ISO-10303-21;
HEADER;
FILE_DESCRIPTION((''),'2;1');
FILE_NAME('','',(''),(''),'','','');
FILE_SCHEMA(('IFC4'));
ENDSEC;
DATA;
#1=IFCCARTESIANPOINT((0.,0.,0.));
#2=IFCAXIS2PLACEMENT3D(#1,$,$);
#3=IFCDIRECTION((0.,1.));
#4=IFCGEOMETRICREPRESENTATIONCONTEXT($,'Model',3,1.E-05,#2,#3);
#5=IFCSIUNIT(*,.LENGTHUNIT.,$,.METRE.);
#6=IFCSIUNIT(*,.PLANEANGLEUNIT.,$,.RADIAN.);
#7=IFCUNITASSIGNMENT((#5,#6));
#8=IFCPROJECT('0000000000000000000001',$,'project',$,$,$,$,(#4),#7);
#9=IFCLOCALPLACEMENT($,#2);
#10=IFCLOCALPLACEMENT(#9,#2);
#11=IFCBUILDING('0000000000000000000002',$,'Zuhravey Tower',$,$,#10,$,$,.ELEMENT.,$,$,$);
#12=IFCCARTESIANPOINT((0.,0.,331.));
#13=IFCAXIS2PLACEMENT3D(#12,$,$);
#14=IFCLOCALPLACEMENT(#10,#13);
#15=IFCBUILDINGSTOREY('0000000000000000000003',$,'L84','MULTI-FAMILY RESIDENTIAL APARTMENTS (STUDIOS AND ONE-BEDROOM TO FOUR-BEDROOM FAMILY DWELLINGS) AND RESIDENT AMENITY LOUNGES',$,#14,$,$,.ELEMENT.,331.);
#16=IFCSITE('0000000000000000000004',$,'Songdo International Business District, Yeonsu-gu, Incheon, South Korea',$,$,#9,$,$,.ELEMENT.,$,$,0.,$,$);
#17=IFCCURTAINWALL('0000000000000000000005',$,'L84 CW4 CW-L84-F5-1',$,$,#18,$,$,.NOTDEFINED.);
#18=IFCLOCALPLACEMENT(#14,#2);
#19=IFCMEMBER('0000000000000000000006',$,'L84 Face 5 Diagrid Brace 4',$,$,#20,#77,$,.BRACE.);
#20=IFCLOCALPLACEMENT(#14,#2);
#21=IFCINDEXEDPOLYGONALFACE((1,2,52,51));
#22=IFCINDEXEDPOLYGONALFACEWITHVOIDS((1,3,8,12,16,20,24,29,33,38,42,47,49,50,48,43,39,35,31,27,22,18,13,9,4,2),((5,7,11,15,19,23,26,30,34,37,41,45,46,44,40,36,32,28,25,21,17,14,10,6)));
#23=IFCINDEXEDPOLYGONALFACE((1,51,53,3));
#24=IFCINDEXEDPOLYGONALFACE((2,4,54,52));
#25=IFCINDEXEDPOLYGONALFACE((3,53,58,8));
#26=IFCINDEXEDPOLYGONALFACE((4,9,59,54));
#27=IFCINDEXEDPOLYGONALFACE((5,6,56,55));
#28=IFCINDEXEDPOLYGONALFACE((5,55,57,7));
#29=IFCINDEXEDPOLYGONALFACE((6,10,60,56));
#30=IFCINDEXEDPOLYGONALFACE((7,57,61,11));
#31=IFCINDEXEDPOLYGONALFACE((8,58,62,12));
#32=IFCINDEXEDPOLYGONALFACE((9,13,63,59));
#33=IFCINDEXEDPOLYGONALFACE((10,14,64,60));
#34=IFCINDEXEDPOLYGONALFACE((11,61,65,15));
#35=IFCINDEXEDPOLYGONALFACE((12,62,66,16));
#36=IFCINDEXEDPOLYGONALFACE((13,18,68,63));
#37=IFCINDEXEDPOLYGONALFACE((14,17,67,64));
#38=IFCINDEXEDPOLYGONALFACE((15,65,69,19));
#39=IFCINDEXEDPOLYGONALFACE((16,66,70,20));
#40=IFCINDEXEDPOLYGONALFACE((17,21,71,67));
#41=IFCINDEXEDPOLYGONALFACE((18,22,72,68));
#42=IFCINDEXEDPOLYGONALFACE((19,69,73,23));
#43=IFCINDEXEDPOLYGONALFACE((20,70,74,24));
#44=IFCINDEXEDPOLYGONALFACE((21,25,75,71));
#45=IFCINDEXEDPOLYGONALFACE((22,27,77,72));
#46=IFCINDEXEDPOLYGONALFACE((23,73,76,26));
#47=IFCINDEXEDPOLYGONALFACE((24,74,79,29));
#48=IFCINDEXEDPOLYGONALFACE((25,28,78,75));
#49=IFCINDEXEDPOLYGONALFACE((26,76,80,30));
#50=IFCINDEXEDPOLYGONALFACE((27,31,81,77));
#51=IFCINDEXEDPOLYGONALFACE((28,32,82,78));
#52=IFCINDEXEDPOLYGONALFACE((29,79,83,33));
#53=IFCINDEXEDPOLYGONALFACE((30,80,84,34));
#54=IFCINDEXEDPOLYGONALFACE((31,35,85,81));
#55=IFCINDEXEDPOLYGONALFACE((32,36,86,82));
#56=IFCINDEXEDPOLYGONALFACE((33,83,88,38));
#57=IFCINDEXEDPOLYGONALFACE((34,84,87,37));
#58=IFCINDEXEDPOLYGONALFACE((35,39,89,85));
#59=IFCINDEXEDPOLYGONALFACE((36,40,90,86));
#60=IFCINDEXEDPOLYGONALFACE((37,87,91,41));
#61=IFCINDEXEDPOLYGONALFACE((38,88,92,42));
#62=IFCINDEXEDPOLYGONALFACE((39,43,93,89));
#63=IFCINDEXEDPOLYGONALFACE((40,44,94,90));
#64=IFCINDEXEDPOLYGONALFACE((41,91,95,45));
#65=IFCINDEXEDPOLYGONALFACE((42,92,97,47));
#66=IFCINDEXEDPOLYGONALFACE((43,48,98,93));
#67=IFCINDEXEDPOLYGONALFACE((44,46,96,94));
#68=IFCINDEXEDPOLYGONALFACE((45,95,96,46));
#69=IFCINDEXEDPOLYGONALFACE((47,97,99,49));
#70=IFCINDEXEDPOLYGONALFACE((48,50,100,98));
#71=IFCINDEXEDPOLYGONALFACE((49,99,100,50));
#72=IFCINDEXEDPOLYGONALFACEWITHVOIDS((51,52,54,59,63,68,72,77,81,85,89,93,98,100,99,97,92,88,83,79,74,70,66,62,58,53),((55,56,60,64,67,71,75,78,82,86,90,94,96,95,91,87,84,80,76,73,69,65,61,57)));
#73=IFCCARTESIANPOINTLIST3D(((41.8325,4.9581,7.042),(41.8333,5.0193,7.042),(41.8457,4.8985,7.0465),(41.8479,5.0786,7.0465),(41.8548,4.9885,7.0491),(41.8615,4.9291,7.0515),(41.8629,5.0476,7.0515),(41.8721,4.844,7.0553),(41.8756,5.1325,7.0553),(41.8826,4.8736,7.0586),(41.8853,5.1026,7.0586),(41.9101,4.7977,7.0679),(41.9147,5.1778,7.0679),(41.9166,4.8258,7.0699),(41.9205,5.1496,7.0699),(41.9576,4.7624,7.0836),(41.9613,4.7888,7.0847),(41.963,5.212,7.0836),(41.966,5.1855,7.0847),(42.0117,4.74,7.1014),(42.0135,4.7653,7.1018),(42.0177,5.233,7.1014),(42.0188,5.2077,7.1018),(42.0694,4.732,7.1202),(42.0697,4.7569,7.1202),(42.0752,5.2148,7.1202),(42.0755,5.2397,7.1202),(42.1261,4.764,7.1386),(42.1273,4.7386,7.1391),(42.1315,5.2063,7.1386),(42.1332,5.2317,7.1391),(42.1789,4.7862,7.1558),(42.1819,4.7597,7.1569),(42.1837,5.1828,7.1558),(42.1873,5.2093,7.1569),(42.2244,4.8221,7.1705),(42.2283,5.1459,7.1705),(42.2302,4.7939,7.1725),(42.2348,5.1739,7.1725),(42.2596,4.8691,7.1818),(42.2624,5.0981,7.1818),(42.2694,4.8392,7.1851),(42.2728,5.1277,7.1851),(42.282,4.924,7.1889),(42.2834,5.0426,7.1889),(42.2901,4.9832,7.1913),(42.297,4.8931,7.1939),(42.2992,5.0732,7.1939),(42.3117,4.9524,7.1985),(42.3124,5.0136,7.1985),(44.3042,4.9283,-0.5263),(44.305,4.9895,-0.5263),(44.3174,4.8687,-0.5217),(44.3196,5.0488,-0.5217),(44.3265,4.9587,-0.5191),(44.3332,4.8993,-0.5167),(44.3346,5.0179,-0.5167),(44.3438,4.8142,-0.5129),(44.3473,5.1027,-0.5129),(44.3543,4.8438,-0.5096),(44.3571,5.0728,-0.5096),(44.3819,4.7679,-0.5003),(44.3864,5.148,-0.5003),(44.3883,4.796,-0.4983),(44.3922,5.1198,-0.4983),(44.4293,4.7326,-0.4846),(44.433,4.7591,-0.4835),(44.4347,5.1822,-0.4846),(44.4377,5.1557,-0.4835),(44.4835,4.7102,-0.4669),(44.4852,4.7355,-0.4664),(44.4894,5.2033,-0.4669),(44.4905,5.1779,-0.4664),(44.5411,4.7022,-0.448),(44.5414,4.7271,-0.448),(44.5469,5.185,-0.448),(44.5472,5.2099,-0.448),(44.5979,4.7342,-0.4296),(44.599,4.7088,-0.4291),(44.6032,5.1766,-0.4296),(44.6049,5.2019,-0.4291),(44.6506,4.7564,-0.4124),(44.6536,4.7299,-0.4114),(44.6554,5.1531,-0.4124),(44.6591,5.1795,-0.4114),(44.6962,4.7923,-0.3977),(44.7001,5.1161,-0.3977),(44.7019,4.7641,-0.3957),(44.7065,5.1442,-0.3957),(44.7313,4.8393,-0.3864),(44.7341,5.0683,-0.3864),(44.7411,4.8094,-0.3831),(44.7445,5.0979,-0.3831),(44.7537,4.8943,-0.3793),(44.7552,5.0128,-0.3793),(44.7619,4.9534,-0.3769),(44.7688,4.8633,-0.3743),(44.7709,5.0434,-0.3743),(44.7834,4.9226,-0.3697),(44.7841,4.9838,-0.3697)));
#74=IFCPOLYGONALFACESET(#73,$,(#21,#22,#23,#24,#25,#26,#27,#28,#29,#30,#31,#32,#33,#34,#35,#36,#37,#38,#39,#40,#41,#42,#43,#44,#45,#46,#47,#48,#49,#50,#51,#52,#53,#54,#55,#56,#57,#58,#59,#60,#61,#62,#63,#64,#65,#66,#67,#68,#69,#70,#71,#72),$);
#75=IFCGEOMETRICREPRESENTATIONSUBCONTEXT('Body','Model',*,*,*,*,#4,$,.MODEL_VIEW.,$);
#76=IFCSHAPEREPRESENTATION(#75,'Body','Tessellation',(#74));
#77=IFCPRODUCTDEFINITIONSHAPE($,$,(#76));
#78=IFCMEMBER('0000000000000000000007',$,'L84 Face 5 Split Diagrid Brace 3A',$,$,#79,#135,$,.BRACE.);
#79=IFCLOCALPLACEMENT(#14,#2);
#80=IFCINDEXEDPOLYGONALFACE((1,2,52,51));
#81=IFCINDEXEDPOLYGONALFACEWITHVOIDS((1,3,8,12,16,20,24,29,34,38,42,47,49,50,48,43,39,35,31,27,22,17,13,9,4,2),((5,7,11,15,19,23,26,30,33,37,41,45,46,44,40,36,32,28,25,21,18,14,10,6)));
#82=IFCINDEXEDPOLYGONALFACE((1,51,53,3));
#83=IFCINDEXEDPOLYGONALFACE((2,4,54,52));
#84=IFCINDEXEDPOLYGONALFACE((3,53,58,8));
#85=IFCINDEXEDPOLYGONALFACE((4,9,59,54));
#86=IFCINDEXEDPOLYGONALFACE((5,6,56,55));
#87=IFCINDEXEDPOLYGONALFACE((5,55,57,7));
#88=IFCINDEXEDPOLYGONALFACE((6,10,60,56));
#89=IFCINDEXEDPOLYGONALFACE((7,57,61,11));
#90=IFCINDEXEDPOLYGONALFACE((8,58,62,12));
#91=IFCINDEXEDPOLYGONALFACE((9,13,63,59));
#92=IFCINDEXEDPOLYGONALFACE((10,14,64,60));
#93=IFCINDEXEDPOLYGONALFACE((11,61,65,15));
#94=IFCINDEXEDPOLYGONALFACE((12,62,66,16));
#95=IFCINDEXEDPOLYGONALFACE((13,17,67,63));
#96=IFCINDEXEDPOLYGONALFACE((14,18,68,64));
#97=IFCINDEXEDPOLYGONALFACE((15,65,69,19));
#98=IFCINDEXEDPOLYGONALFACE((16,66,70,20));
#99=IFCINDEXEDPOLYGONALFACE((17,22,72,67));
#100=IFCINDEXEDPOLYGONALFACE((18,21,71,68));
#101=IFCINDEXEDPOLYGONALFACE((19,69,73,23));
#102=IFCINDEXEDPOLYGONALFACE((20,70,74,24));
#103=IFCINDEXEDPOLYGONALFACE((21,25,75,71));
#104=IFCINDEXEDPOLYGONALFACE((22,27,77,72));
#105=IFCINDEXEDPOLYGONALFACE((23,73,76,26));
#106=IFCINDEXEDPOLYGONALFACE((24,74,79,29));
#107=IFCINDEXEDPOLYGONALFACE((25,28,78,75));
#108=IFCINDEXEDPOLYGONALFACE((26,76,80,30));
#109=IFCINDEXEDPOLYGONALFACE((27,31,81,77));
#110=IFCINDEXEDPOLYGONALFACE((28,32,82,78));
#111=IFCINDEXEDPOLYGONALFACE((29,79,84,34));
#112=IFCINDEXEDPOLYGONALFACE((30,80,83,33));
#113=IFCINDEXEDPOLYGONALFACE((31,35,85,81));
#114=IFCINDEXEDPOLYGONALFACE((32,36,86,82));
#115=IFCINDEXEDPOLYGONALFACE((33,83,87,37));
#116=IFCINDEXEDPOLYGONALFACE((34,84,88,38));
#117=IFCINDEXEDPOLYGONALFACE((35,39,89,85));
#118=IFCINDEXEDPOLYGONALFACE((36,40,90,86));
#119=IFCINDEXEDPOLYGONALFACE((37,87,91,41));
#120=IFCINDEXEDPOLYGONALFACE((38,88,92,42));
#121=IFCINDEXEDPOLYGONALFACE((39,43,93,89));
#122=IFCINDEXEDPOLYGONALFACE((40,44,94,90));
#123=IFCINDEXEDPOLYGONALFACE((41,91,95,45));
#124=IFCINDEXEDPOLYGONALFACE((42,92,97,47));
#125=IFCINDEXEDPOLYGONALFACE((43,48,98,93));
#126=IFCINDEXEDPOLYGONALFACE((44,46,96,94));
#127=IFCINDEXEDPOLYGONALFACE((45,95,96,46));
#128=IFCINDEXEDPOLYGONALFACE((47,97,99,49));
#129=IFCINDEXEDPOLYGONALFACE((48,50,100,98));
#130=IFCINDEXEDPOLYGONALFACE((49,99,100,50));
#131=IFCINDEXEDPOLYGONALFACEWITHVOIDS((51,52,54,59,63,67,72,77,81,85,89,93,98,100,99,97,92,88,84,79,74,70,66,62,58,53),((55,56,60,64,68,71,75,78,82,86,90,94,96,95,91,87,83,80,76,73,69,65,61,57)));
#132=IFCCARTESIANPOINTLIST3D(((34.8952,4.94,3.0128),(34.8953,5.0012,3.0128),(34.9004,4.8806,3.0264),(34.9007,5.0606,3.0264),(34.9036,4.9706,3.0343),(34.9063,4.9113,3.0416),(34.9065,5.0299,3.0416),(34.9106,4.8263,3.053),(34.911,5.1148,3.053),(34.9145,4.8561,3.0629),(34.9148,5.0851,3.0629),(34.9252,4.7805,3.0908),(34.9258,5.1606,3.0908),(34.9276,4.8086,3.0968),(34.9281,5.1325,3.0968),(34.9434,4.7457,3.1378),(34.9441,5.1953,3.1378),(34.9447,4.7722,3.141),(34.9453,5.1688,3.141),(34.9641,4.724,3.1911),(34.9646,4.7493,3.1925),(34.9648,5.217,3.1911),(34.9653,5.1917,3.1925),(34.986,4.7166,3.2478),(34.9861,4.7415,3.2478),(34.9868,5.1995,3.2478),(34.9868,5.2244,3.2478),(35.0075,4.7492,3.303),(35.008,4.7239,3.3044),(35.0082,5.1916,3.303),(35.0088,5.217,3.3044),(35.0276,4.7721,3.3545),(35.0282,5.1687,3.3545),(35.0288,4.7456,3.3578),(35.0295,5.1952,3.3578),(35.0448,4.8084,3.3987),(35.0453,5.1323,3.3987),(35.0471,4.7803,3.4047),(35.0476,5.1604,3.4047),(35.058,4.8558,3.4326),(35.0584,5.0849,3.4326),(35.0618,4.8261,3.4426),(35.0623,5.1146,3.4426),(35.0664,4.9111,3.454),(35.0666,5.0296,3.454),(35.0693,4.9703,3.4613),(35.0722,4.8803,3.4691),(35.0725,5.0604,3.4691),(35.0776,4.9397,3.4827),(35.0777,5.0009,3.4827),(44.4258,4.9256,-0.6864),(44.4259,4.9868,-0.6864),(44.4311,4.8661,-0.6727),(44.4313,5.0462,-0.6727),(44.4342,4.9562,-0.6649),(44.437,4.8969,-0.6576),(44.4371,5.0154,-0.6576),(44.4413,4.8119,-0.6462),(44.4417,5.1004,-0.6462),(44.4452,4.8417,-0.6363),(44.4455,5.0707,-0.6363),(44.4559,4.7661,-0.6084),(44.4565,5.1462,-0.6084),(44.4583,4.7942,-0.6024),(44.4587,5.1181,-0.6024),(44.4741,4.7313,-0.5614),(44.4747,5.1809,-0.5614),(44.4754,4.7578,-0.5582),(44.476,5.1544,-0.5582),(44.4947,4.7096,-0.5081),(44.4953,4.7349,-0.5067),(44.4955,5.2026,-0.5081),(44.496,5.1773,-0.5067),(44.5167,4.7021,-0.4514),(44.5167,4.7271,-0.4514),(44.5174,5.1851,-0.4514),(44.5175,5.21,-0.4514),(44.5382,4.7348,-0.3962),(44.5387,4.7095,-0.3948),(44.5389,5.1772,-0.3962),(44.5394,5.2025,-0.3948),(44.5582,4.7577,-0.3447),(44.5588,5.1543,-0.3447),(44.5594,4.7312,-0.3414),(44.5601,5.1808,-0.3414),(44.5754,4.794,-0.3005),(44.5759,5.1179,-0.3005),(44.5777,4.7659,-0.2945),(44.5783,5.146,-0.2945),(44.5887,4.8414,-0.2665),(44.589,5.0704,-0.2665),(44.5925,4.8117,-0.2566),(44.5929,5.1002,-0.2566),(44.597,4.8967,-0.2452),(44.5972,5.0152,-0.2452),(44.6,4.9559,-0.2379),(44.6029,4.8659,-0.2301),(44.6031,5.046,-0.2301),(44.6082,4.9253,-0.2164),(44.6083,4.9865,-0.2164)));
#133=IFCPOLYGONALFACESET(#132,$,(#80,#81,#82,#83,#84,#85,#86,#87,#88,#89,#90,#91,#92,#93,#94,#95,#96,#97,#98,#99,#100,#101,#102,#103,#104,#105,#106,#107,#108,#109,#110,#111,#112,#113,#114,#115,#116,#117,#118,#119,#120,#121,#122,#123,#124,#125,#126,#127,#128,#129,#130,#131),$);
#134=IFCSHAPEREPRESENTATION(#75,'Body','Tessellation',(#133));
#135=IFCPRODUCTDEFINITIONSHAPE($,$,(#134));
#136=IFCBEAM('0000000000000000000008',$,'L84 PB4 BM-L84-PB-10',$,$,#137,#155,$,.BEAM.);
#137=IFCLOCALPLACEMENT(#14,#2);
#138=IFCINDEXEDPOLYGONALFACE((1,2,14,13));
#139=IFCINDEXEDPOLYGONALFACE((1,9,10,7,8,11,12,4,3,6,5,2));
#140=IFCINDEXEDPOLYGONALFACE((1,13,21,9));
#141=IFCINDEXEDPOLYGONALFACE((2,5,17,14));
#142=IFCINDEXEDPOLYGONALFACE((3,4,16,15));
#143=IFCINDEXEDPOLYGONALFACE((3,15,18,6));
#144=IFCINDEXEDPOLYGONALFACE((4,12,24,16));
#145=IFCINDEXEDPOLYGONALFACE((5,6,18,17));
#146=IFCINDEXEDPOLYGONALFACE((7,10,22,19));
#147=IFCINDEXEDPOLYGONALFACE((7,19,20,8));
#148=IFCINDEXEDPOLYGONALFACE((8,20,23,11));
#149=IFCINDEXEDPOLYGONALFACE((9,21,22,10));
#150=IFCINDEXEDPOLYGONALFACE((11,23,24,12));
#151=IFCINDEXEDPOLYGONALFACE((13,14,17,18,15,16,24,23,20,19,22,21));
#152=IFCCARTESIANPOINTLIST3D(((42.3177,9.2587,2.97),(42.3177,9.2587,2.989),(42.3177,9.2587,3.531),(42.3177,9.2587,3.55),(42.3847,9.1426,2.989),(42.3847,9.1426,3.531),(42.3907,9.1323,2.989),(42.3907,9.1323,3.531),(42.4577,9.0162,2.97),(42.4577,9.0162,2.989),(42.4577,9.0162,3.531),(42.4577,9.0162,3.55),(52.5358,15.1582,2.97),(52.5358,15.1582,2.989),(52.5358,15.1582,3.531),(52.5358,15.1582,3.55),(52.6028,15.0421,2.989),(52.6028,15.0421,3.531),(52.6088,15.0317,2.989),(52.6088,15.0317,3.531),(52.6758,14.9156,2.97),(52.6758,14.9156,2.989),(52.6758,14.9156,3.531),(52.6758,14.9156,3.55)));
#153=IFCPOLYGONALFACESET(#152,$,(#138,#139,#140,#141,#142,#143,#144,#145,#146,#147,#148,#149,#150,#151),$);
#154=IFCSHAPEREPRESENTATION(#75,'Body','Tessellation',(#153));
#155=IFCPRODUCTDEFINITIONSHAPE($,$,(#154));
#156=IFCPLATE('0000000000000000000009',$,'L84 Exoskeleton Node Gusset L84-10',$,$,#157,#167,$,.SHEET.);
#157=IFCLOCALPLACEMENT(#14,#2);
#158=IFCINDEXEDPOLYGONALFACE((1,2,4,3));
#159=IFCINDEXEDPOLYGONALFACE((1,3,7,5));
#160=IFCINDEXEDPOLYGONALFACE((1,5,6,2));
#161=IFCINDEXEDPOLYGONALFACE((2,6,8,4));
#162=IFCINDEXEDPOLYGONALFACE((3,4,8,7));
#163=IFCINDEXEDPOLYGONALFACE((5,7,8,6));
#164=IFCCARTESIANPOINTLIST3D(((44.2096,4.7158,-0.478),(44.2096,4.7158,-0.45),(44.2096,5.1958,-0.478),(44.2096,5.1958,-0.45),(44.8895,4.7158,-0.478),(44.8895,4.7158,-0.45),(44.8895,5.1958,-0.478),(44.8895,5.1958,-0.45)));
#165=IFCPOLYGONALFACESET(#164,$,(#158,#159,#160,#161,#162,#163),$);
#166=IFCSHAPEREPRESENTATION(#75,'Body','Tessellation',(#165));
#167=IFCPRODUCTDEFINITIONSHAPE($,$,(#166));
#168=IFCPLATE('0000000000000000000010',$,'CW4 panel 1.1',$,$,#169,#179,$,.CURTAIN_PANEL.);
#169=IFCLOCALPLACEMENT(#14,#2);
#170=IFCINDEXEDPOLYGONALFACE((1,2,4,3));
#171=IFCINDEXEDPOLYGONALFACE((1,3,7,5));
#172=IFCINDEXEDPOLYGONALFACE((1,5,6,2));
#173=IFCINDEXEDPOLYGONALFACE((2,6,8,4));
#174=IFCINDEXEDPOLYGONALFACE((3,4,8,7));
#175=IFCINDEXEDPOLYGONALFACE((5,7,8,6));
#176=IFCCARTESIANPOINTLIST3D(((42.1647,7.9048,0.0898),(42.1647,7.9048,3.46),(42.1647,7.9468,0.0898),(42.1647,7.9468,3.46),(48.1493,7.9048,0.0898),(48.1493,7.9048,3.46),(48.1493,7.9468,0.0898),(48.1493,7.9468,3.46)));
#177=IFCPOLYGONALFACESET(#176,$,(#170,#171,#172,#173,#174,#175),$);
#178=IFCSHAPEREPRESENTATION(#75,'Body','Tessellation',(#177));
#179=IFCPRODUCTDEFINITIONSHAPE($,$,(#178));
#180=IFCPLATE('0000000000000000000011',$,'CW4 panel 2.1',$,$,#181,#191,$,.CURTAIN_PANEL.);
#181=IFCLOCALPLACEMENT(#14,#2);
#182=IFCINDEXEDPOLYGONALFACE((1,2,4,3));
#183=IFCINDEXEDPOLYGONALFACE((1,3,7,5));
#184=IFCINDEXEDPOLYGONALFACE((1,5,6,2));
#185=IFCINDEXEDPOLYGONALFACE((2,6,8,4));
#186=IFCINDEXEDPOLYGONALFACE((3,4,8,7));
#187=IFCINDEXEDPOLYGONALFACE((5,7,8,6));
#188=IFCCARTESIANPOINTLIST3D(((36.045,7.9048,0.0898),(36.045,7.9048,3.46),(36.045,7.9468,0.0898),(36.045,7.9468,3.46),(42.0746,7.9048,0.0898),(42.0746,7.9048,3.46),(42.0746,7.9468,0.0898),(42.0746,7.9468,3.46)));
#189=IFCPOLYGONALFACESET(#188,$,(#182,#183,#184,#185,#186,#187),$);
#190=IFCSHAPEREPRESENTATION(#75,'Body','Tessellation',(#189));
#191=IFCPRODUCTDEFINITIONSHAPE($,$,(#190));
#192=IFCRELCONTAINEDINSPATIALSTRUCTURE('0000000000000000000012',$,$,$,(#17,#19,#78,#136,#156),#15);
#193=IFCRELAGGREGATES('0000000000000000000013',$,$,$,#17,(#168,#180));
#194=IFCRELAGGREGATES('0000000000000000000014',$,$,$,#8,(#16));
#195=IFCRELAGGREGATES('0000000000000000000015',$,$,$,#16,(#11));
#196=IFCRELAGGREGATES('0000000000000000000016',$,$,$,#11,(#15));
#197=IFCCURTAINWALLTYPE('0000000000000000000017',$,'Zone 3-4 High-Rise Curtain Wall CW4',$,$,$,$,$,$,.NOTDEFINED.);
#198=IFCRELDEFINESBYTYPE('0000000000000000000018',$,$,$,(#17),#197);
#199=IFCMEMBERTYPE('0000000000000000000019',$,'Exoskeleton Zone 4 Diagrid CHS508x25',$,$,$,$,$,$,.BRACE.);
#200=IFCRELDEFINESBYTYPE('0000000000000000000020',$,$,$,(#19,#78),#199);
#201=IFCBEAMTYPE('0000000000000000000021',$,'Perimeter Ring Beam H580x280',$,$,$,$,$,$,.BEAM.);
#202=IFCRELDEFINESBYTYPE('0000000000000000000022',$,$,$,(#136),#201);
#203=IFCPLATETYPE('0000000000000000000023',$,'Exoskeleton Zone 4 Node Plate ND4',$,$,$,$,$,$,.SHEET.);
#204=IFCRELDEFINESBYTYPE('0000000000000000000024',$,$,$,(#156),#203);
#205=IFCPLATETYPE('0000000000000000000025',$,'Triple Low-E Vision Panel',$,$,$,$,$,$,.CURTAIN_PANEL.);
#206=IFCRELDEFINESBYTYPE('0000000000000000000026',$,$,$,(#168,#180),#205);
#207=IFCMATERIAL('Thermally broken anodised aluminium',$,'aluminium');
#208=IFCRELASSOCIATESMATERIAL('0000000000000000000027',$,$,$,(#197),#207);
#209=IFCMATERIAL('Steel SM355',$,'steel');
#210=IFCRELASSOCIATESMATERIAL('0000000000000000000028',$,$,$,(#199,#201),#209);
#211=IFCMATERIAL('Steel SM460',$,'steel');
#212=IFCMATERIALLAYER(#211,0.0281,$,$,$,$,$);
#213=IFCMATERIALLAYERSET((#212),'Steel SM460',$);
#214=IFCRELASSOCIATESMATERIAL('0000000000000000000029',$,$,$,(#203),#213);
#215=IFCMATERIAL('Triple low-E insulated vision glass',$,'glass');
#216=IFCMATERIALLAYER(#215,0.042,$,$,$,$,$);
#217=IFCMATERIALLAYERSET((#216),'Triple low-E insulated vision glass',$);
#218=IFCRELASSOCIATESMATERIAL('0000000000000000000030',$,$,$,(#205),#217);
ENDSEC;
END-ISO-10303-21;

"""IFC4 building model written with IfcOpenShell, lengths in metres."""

from ifc_helpers import new_model, si_unit, direction, frame, origin, origin_2d, place, context, subcontext, project, spatial, rectangle, hollow_circle, i_section, extrude, material, layer, layer_set, material_profile, profile_set, type_object, element, aggregate, save


model = new_model("IFC4")

# Units and contexts
model_context = context("Model", 3, precision=1e-05, world=origin(), true_north=direction((0.0, 1.0)))
body_context = subcontext(model_context, "Body", "Model", "MODEL_VIEW")
ifc_project = project(units=[si_unit("LENGTHUNIT", "METRE"), si_unit("PLANEANGLEUNIT", "RADIAN")], contexts=[model_context])

# Site, building, storey
site_placement = place(None, origin())
site = spatial("IfcSite", under=ifc_project, at=site_placement, Name="Songdo International Business District, Yeonsu-gu, Incheon, South Korea", CompositionType="ELEMENT", RefElevation=0.0)
building_placement = place(site_placement, origin())
building = spatial("IfcBuilding", under=site, at=building_placement, Name="Zuhravey Tower", CompositionType="ELEMENT")
storey_placement = place(building_placement, frame((0.0, 0.0, 331.0)))
storey = spatial("IfcBuildingStorey", under=building, at=storey_placement, Name="L84", Description="MULTI-FAMILY RESIDENTIAL APARTMENTS (STUDIOS AND ONE-BEDROOM TO FOUR-BEDROOM FAMILY DWELLINGS) AND RESIDENT AMENITY LOUNGES", CompositionType="ELEMENT", Elevation=331.0)

# Curtain wall
ifc_material_1 = material(Name="Thermally broken anodised aluminium", Category="aluminium")
curtain_wall_type = type_object("IfcCurtainWallType", Name="Zone 3-4 High-Rise Curtain Wall CW4", PredefinedType="NOTDEFINED", material=ifc_material_1)
curtain_wall_placement = place(storey_placement, origin())
curtain_wall = element("IfcCurtainWall", 1, at=curtain_wall_placement, inside=storey, type_object=curtain_wall_type, Name="L84 CW4 CW-L84-F5-1", PredefinedType="NOTDEFINED")

# Members
ifc_material_2 = material(Name="Steel SM355", Category="steel")
ifc_material_profile_1 = material_profile(ifc_material_2, hollow_circle(Radius=0.2539, WallThickness=0.0249, at=origin_2d()), Name="CHS-508.0x25")
ifc_profile_set_1 = profile_set([ifc_material_profile_1], Name="Steel SM355")
member_type_1 = type_object("IfcMemberType", Name="Exoskeleton Zone 4 Diagrid CHS508x25", PredefinedType="BRACE", material=ifc_profile_set_1)
member_1_placement = place(storey_placement, frame((44.5442, 4.9561, -0.448), z_axis=(-0.310452, 0.003741, 0.950582), x_axis=(-0.01205, -0.999927, 0.0)))
element("IfcMember", 2, at=member_1_placement, inside=storey, type_object=member_type_1, Name="L84 Face 5 Diagrid Brace 4", PredefinedType="BRACE", context=body_context, shape_type="SweptSolid", body=[
    extrude(hollow_circle(Radius=0.2539, WallThickness=0.0249, at=origin_2d()), origin(), (0.0, 0.0, 1.0), 7.9617),
])
member_2_placement = place(storey_placement, frame((44.5171, 4.9561, -0.4514), z_axis=(-0.932241, 0.001409, 0.361835), x_axis=(-0.001511, -0.999999, 0.0)))
element("IfcMember", 3, at=member_2_placement, inside=storey, type_object=member_type_1, Name="L84 Face 5 Split Diagrid Brace 3A", PredefinedType="BRACE", context=body_context, shape_type="SweptSolid", body=[
    extrude(hollow_circle(Radius=0.2539, WallThickness=0.0249, at=origin_2d()), origin(), (0.0, 0.0, 1.0), 10.2234),
])

# Beam
ifc_material_profile_2 = material_profile(ifc_material_2, i_section(OverallWidth=0.28, OverallDepth=0.5801, WebThickness=0.012, FlangeThickness=0.019, at=origin_2d()), Name="H-580x280x12x19")
ifc_profile_set_2 = profile_set([ifc_material_profile_2], Name="Steel SM355")
beam_type = type_object("IfcBeamType", Name="Perimeter Ring Beam H580x280", PredefinedType="BEAM", material=ifc_profile_set_2)
beam_placement = place(storey_placement, frame((42.3877, 9.1375, 3.26), z_axis=(0.866024, 0.500002, 0.0), x_axis=(-0.500002, 0.866024, 0.0)))
element("IfcBeam", 4, at=beam_placement, inside=storey, type_object=beam_type, Name="L84 PB4 BM-L84-PB-10", PredefinedType="BEAM", context=body_context, shape_type="SweptSolid", body=[
    extrude(i_section(OverallWidth=0.28, OverallDepth=0.5801, WebThickness=0.012, FlangeThickness=0.019, at=origin_2d()), origin(), (0.0, 0.0, 1.0), 11.7988),
])

# Plates
ifc_material_3 = material(Name="Steel SM460", Category="steel")
ifc_layer_1 = layer(ifc_material_3, 0.0281)
ifc_layer_set_1 = layer_set([ifc_layer_1], Name="Steel SM460")
plate_type_1 = type_object("IfcPlateType", Name="Exoskeleton Zone 4 Node Plate ND4", PredefinedType="SHEET", material=ifc_layer_set_1)
plate_1_placement = place(storey_placement, frame((44.5496, 4.9558, -0.478), z_axis=(0.0, 0.0, 1.0), x_axis=(1.0, 0.0, 0.0)))
element("IfcPlate", 5, at=plate_1_placement, inside=storey, type_object=plate_type_1, Name="L84 Exoskeleton Node Gusset L84-10", PredefinedType="SHEET", context=body_context, shape_type="SweptSolid", body=[
    extrude(rectangle(XDim=0.6799, YDim=0.48, at=origin_2d()), origin(), (0.0, 0.0, 1.0), 0.0281),
])
ifc_material_4 = material(Name="Triple low-E insulated vision glass", Category="glass")
ifc_layer_2 = layer(ifc_material_4, 0.042)
ifc_layer_set_2 = layer_set([ifc_layer_2], Name="Triple low-E insulated vision glass")
plate_type_2 = type_object("IfcPlateType", Name="Triple Low-E Vision Panel", PredefinedType="CURTAIN_PANEL", material=ifc_layer_set_2)
plate_2_placement = place(storey_placement, frame((45.157, 7.9258, 0.0898), z_axis=(0.0, 0.0, 1.0), x_axis=(-1.0, 0.0, 0.0)))
plate_2 = element("IfcPlate", 6, at=plate_2_placement, type_object=plate_type_2, Name="CW4 panel 1.1", PredefinedType="CURTAIN_PANEL", context=body_context, shape_type="SweptSolid", body=[
    extrude(rectangle(XDim=5.9846, YDim=0.042, at=origin_2d()), origin(), (0.0, 0.0, 1.0), 3.3701),
])
plate_3_placement = place(storey_placement, frame((39.0598, 7.9258, 0.0898), z_axis=(0.0, 0.0, 1.0), x_axis=(-1.0, 0.0, 0.0)))
plate_3 = element("IfcPlate", 7, at=plate_3_placement, type_object=plate_type_2, Name="CW4 panel 2.1", PredefinedType="CURTAIN_PANEL", context=body_context, shape_type="SweptSolid", body=[
    extrude(rectangle(XDim=6.0295, YDim=0.042, at=origin_2d()), origin(), (0.0, 0.0, 1.0), 3.3701),
])
aggregate(curtain_wall, [plate_2, plate_3])

save(model, "model.ifc")
